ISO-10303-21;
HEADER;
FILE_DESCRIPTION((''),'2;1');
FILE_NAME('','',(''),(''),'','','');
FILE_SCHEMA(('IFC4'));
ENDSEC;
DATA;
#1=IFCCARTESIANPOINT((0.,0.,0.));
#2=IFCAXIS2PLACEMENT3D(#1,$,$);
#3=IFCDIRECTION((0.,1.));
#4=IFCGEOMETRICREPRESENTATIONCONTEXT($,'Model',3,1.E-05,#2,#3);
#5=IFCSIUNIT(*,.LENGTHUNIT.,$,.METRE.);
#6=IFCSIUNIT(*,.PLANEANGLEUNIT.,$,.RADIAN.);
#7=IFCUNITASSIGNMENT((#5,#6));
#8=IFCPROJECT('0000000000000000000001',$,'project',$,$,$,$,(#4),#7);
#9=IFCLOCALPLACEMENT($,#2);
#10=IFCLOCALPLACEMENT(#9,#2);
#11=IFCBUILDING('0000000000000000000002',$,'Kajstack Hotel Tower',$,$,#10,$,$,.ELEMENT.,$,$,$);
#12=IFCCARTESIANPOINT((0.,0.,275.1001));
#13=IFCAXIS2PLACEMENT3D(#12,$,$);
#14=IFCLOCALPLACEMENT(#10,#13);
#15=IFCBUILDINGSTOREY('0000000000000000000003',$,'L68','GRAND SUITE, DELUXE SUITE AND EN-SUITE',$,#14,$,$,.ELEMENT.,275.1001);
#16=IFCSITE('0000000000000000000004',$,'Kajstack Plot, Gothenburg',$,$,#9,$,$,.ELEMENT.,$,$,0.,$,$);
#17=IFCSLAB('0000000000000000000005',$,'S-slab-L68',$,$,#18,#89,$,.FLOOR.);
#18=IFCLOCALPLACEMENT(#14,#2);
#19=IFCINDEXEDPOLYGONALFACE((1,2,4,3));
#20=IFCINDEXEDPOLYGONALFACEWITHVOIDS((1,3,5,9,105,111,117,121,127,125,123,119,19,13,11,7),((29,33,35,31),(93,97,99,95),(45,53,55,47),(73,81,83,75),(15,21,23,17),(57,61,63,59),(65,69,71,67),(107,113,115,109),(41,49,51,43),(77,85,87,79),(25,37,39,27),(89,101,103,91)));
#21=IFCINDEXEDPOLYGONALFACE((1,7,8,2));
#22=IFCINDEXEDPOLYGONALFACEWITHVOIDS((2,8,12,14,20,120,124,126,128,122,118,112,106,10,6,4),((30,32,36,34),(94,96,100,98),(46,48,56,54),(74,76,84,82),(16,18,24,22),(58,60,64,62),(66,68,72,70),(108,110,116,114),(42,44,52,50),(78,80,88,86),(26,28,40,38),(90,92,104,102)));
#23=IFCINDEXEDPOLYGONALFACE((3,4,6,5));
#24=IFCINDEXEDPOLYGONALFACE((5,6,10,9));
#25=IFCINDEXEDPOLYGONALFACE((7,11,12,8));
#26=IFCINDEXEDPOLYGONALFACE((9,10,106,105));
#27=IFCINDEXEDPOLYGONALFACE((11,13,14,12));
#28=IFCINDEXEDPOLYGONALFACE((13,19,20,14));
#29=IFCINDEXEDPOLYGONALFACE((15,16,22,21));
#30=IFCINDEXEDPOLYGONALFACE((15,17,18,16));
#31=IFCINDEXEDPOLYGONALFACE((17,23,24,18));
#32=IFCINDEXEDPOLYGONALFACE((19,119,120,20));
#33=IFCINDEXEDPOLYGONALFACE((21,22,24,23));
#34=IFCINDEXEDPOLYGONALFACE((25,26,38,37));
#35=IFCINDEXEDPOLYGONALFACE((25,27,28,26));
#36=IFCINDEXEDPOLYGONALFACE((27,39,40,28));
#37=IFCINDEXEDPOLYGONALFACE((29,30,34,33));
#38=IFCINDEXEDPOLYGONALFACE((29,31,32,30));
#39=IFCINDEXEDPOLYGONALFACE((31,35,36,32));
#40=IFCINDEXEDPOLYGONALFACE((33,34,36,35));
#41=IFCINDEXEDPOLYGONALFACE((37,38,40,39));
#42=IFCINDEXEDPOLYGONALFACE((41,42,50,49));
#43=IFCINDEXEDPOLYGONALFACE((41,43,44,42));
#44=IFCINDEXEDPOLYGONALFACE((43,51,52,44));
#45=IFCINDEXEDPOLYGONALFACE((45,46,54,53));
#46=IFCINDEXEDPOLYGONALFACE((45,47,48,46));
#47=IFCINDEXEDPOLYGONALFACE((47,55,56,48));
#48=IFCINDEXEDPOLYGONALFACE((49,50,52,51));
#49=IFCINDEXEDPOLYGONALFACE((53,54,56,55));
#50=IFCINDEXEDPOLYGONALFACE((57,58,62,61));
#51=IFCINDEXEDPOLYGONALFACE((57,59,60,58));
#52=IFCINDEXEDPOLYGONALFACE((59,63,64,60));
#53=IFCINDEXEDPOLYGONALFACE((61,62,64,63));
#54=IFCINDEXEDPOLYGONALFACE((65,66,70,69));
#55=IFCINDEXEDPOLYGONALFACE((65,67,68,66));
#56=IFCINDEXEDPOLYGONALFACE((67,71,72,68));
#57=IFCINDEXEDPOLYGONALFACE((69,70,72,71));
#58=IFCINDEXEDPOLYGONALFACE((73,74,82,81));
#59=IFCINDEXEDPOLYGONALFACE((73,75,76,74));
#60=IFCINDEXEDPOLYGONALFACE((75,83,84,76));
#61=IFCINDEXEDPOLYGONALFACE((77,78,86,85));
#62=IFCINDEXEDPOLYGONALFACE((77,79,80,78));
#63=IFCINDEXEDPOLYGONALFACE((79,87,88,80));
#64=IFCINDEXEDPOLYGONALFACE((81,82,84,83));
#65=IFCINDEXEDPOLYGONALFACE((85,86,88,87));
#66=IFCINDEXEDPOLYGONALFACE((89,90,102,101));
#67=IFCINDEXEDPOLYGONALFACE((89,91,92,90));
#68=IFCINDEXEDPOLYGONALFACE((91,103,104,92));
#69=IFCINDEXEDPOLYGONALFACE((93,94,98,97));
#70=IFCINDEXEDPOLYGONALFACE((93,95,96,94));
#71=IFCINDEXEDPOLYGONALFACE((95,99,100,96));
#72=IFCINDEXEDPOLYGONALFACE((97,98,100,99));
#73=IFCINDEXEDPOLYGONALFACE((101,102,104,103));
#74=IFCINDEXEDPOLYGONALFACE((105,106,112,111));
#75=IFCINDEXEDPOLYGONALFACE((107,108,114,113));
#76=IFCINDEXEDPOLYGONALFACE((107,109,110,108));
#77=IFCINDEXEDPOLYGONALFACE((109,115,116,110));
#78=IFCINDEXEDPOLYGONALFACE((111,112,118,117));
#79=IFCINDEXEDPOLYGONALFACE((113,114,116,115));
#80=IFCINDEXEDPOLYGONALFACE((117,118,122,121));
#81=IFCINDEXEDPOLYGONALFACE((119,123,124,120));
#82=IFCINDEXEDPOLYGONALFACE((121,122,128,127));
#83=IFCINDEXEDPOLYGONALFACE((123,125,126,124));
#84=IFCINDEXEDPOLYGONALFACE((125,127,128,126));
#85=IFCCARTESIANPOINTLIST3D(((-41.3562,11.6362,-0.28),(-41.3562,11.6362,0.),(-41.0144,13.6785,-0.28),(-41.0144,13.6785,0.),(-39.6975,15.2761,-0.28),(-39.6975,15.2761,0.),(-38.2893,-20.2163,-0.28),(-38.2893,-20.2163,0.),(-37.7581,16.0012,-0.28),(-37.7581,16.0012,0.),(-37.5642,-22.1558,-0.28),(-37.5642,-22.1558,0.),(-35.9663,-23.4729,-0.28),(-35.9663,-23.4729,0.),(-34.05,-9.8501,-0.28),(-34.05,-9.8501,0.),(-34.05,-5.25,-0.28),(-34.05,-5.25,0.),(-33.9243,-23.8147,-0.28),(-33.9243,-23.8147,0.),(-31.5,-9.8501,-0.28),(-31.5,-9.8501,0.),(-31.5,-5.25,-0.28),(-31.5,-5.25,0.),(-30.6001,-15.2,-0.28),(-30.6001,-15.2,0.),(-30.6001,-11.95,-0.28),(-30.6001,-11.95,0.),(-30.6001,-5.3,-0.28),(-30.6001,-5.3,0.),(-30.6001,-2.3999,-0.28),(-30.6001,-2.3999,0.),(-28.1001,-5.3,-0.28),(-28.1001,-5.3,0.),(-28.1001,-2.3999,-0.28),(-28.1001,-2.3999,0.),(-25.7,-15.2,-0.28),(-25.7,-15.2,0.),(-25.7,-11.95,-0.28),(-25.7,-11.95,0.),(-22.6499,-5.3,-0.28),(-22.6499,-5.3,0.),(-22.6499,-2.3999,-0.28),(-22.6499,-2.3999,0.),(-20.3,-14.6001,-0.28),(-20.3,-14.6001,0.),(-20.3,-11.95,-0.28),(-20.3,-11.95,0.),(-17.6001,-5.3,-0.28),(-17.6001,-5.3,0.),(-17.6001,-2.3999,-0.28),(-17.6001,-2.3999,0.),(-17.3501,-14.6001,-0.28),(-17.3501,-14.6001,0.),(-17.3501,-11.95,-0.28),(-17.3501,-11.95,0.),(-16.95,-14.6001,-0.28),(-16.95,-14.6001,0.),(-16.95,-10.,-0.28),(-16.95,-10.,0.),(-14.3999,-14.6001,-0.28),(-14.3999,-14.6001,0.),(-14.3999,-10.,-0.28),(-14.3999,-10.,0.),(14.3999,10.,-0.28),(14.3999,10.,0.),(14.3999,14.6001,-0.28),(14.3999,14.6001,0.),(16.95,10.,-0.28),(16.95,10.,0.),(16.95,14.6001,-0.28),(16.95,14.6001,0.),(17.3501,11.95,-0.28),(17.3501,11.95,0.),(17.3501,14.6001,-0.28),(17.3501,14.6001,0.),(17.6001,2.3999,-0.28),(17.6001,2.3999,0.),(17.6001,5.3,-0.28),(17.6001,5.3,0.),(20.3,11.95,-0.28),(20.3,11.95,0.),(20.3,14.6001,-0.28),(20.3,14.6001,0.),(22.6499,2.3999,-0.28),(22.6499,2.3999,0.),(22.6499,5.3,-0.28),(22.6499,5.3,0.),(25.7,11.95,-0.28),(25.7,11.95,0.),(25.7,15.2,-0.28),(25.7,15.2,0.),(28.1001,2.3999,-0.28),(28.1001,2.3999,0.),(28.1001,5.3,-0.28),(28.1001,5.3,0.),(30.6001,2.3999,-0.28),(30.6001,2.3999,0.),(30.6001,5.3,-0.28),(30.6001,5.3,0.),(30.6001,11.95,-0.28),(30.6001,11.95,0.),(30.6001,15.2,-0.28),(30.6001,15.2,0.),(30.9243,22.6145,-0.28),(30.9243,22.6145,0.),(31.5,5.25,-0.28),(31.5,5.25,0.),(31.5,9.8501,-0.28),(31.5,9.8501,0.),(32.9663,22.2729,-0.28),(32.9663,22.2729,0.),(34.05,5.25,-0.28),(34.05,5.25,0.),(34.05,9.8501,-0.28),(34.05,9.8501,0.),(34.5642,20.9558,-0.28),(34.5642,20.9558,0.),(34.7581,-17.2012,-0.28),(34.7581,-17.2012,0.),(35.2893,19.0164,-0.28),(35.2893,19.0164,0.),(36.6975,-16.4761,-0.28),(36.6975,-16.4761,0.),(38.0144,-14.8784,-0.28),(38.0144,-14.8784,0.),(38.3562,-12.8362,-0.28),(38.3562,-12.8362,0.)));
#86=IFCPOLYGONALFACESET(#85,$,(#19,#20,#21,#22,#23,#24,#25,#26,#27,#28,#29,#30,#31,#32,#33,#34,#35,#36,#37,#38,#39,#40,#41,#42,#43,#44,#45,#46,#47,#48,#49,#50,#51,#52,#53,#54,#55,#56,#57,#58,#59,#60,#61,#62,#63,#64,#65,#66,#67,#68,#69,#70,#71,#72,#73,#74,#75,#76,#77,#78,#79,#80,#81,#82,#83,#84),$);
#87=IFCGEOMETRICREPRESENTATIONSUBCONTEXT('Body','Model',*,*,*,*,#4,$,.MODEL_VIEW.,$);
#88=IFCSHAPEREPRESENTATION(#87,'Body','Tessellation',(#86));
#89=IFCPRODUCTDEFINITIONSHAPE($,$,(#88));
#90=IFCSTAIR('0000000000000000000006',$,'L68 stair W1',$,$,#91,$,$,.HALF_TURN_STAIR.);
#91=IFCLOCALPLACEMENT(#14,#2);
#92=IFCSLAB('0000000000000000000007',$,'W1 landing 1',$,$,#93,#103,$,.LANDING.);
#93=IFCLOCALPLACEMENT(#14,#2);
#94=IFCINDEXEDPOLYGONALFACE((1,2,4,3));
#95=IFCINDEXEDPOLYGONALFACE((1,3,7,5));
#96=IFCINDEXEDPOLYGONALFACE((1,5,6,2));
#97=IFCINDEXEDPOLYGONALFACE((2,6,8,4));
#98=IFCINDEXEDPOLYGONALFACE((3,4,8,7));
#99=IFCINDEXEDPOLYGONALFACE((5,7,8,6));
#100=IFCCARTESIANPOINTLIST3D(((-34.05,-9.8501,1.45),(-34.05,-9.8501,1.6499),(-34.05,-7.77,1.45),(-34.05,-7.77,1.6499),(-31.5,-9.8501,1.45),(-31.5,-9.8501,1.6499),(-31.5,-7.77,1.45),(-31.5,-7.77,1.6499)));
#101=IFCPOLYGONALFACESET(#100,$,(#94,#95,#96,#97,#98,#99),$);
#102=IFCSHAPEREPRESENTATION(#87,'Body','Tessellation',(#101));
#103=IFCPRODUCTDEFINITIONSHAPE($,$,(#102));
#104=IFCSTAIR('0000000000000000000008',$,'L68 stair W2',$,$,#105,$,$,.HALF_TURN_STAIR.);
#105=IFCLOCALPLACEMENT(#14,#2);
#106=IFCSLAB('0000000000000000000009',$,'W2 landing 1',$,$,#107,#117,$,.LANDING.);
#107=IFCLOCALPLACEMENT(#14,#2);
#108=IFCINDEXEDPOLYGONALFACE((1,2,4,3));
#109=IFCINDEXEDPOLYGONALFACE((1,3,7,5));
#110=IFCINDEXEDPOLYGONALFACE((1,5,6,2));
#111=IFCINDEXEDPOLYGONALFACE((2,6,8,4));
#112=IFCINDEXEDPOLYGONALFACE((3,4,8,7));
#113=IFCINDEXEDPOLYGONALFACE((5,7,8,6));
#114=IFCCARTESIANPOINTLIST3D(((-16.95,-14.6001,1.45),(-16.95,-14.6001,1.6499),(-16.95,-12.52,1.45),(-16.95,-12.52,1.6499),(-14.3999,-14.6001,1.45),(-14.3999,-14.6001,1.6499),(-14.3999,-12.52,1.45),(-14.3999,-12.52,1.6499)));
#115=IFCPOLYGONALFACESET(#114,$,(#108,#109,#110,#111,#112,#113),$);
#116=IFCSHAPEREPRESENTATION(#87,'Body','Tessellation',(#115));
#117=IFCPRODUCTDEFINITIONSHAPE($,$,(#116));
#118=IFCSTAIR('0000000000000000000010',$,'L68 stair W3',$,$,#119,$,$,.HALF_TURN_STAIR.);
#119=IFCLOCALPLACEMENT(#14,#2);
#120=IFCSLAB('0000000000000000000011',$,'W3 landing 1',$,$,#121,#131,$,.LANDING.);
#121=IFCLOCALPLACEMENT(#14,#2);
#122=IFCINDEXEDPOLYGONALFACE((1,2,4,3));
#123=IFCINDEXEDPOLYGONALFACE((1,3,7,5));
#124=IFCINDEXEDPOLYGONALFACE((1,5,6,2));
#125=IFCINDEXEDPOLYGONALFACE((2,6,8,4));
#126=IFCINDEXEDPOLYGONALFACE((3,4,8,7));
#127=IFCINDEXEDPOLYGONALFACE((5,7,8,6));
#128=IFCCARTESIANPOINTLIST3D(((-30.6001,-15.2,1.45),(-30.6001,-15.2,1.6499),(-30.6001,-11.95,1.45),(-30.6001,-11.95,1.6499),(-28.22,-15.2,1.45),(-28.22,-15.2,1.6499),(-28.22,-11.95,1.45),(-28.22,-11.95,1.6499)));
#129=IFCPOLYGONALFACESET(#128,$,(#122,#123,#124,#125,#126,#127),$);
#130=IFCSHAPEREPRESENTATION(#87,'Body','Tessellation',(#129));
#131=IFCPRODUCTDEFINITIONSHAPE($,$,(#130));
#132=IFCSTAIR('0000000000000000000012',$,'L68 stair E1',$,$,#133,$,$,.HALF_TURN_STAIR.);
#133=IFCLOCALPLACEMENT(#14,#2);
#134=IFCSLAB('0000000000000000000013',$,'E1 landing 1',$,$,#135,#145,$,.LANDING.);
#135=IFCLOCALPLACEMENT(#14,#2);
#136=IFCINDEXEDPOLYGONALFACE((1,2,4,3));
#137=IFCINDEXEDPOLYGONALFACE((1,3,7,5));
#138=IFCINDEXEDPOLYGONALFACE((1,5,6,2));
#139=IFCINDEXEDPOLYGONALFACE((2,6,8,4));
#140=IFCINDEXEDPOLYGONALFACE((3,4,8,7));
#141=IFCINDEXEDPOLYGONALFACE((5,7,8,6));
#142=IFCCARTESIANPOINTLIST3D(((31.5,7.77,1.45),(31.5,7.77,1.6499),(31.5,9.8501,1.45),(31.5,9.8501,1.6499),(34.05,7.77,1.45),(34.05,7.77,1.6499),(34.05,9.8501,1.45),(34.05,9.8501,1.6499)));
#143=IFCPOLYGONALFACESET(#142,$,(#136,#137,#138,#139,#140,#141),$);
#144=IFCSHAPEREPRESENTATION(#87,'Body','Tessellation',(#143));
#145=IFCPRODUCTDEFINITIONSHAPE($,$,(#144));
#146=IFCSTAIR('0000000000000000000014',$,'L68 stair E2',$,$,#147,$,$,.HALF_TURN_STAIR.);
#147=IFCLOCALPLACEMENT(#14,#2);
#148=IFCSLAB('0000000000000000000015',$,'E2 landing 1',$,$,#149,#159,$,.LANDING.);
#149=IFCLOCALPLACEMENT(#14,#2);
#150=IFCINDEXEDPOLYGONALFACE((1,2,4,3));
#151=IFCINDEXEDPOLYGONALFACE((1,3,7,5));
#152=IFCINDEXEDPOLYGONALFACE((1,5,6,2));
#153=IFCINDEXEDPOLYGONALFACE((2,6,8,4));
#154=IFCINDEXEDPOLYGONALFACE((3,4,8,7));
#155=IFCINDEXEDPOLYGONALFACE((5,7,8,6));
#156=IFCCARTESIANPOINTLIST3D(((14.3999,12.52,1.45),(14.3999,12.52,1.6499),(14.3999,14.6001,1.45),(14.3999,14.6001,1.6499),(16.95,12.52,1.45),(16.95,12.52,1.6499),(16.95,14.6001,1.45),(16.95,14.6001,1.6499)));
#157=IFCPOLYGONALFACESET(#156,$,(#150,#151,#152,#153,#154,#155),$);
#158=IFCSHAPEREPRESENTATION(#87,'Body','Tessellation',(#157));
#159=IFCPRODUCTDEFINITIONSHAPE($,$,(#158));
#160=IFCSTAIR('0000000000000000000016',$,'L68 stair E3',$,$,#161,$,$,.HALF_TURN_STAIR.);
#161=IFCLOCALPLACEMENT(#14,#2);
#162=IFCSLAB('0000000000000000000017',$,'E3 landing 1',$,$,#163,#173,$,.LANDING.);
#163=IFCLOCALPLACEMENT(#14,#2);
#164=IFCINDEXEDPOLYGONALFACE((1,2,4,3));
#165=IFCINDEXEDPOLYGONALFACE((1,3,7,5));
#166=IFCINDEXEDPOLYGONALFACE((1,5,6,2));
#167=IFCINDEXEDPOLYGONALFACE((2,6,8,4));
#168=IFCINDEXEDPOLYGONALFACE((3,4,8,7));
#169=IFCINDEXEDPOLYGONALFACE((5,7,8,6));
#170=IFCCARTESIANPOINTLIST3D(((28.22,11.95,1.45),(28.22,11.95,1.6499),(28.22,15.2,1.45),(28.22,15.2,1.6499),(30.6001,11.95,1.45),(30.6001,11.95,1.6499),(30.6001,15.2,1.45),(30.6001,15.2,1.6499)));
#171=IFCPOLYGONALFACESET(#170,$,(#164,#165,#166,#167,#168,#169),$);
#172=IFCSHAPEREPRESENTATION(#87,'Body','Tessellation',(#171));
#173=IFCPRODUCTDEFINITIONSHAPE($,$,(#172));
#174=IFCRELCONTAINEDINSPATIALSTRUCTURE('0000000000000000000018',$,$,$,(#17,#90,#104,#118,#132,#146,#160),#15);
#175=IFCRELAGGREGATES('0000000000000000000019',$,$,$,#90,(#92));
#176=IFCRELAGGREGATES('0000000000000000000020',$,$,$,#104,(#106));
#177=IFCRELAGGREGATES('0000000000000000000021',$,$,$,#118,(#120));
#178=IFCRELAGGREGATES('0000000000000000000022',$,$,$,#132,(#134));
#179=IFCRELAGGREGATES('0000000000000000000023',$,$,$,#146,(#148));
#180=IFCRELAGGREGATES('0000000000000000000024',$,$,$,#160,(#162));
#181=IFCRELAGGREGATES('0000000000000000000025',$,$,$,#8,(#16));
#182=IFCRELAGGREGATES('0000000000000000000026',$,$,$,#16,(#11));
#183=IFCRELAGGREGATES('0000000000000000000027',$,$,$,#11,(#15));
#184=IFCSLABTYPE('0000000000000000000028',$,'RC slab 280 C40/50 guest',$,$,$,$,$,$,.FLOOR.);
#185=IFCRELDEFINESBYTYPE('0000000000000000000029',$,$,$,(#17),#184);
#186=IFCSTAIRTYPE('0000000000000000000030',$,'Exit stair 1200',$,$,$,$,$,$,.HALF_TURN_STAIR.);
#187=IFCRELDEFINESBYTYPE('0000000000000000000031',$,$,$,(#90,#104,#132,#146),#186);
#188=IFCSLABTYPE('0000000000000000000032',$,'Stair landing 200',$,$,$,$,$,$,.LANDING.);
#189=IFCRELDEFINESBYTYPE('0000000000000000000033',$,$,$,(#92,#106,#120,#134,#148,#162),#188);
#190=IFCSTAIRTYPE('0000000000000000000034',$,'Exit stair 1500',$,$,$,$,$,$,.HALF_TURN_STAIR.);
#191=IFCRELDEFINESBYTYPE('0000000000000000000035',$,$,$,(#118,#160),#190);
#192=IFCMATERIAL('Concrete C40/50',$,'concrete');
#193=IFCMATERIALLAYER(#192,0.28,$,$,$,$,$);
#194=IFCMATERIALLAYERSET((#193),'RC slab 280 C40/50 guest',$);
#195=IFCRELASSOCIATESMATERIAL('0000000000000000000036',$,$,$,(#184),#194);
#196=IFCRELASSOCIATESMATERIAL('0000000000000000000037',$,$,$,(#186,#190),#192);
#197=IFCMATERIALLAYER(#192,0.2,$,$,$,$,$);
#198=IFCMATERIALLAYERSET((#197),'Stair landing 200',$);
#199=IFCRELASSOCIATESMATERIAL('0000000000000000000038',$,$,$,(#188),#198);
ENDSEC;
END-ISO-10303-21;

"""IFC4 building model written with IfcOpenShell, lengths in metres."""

from ifc_helpers import new_model, si_unit, direction, frame, origin, place, context, subcontext, project, spatial, polyline, outline, extrude, material, layer, layer_set, type_object, element, aggregate, save


model = new_model("IFC4")

# Units and contexts
model_context = context("Model", 3, precision=1e-05, world=origin(), true_north=direction((0.0, 1.0)))
body_context = subcontext(model_context, "Body", "Model", "MODEL_VIEW")
ifc_project = project(units=[si_unit("LENGTHUNIT", "METRE"), si_unit("PLANEANGLEUNIT", "RADIAN")], contexts=[model_context])

# Site, building, storey
site_placement = place(None, origin())
site = spatial("IfcSite", under=ifc_project, at=site_placement, Name="Kajstack Plot, Gothenburg", CompositionType="ELEMENT", RefElevation=0.0)
building_placement = place(site_placement, origin())
building = spatial("IfcBuilding", under=site, at=building_placement, Name="Kajstack Hotel Tower", CompositionType="ELEMENT")
storey_placement = place(building_placement, frame((0.0, 0.0, 275.1001)))
storey = spatial("IfcBuildingStorey", under=building, at=storey_placement, Name="L68", Description="GRAND SUITE, DELUXE SUITE AND EN-SUITE", CompositionType="ELEMENT", Elevation=275.1001)

# Slab
ifc_material_1 = material(Name="Concrete C40/50", Category="concrete")
ifc_layer_1 = layer(ifc_material_1, 0.28)
ifc_layer_set_1 = layer_set([ifc_layer_1], Name="RC slab 280 C40/50 guest")
slab_type_1 = type_object("IfcSlabType", Name="RC slab 280 C40/50 guest", PredefinedType="FLOOR", material=ifc_layer_set_1)
slab_1_placement = place(storey_placement, frame((0.0, 0.0, -0.28)))
element("IfcSlab", 1, at=slab_1_placement, inside=storey, type_object=slab_type_1, Name="S-slab-L68", PredefinedType="FLOOR", context=body_context, shape_type="SweptSolid", body=[
    extrude(outline(polyline([(-41.3562, 11.6362), (-38.2893, -20.2163), (-37.5642, -22.1558), (-35.9663, -23.4729), (-33.9243, -23.8147), (34.7581, -17.2012), (36.6975, -16.4761), (38.0144, -14.8784), (38.3562, -12.8362), (35.2893, 19.0164), (34.5642, 20.9558), (32.9663, 22.2729), (30.9243, 22.6145), (-37.7581, 16.0012), (-39.6975, 15.2761), (-41.0144, 13.6785), (-41.3562, 11.6362)]), holes=[polyline([(-22.6499, -5.3), (-22.6499, -2.3999), (-17.6001, -2.3999), (-17.6001, -5.3), (-22.6499, -5.3)]), polyline([(-20.3, -14.6001), (-17.3501, -14.6001), (-17.3501, -11.95), (-20.3, -11.95), (-20.3, -14.6001)]), polyline([(-30.6001, -5.3), (-28.1001, -5.3), (-28.1001, -2.3999), (-30.6001, -2.3999), (-30.6001, -5.3)]), polyline([(17.6001, 2.3999), (17.6001, 5.3), (22.6499, 5.3), (22.6499, 2.3999), (17.6001, 2.3999)]), polyline([(20.3, 14.6001), (17.3501, 14.6001), (17.3501, 11.95), (20.3, 11.95), (20.3, 14.6001)]), polyline([(30.6001, 5.3), (28.1001, 5.3), (28.1001, 2.3999), (30.6001, 2.3999), (30.6001, 5.3)]), polyline([(-34.05, -9.8501), (-31.5, -9.8501), (-31.5, -5.25), (-34.05, -5.25), (-34.05, -9.8501)]), polyline([(-16.95, -14.6001), (-14.3999, -14.6001), (-14.3999, -10.0), (-16.95, -10.0), (-16.95, -14.6001)]), polyline([(-30.6001, -15.2), (-25.7, -15.2), (-25.7, -11.95), (-30.6001, -11.95), (-30.6001, -15.2)]), polyline([(34.05, 9.8501), (31.5, 9.8501), (31.5, 5.25), (34.05, 5.25), (34.05, 9.8501)]), polyline([(16.95, 14.6001), (14.3999, 14.6001), (14.3999, 10.0), (16.95, 10.0), (16.95, 14.6001)]), polyline([(30.6001, 15.2), (25.7, 15.2), (25.7, 11.95), (30.6001, 11.95), (30.6001, 15.2)])]), origin(), (0.0, 0.0, 1.0), 0.28),
])

# Stairs, slabs
stair_type_1 = type_object("IfcStairType", Name="Exit stair 1200", PredefinedType="HALF_TURN_STAIR", material=ifc_material_1)
stair_1_placement = place(storey_placement, origin())
stair_1 = element("IfcStair", 2, at=stair_1_placement, inside=storey, type_object=stair_type_1, Name="L68 stair W1", PredefinedType="HALF_TURN_STAIR")
ifc_layer_2 = layer(ifc_material_1, 0.2)
ifc_layer_set_2 = layer_set([ifc_layer_2], Name="Stair landing 200")
slab_type_2 = type_object("IfcSlabType", Name="Stair landing 200", PredefinedType="LANDING", material=ifc_layer_set_2)
slab_2_placement = place(storey_placement, frame((0.0, 0.0, 1.45)))
slab_2 = element("IfcSlab", 3, at=slab_2_placement, type_object=slab_type_2, Name="W1 landing 1", PredefinedType="LANDING", context=body_context, shape_type="SweptSolid", body=[
    extrude(outline(polyline([(-34.05, -7.77), (-34.05, -9.8501), (-31.5, -9.8501), (-31.5, -7.77), (-34.05, -7.77)])), origin(), (0.0, 0.0, 1.0), 0.2),
])
aggregate(stair_1, [slab_2])
stair_2_placement = place(storey_placement, origin())
stair_2 = element("IfcStair", 4, at=stair_2_placement, inside=storey, type_object=stair_type_1, Name="L68 stair W2", PredefinedType="HALF_TURN_STAIR")
slab_3_placement = place(storey_placement, frame((0.0, 0.0, 1.45)))
slab_3 = element("IfcSlab", 5, at=slab_3_placement, type_object=slab_type_2, Name="W2 landing 1", PredefinedType="LANDING", context=body_context, shape_type="SweptSolid", body=[
    extrude(outline(polyline([(-16.95, -12.52), (-16.95, -14.6001), (-14.3999, -14.6001), (-14.3999, -12.52), (-16.95, -12.52)])), origin(), (0.0, 0.0, 1.0), 0.2),
])
aggregate(stair_2, [slab_3])
stair_type_2 = type_object("IfcStairType", Name="Exit stair 1500", PredefinedType="HALF_TURN_STAIR", material=ifc_material_1)
stair_3_placement = place(storey_placement, origin())
stair_3 = element("IfcStair", 6, at=stair_3_placement, inside=storey, type_object=stair_type_2, Name="L68 stair W3", PredefinedType="HALF_TURN_STAIR")
slab_4_placement = place(storey_placement, frame((0.0, 0.0, 1.45)))
slab_4 = element("IfcSlab", 7, at=slab_4_placement, type_object=slab_type_2, Name="W3 landing 1", PredefinedType="LANDING", context=body_context, shape_type="SweptSolid", body=[
    extrude(outline(polyline([(-28.22, -11.95), (-30.6001, -11.95), (-30.6001, -15.2), (-28.22, -15.2), (-28.22, -11.95)])), origin(), (0.0, 0.0, 1.0), 0.2),
])
aggregate(stair_3, [slab_4])
stair_4_placement = place(storey_placement, origin())
stair_4 = element("IfcStair", 8, at=stair_4_placement, inside=storey, type_object=stair_type_1, Name="L68 stair E1", PredefinedType="HALF_TURN_STAIR")
slab_5_placement = place(storey_placement, frame((0.0, 0.0, 1.45)))
slab_5 = element("IfcSlab", 9, at=slab_5_placement, type_object=slab_type_2, Name="E1 landing 1", PredefinedType="LANDING", context=body_context, shape_type="SweptSolid", body=[
    extrude(outline(polyline([(34.05, 7.77), (34.05, 9.8501), (31.5, 9.8501), (31.5, 7.77), (34.05, 7.77)])), origin(), (0.0, 0.0, 1.0), 0.2),
])
aggregate(stair_4, [slab_5])
stair_5_placement = place(storey_placement, origin())
stair_5 = element("IfcStair", 10, at=stair_5_placement, inside=storey, type_object=stair_type_1, Name="L68 stair E2", PredefinedType="HALF_TURN_STAIR")
slab_6_placement = place(storey_placement, frame((0.0, 0.0, 1.45)))
slab_6 = element("IfcSlab", 11, at=slab_6_placement, type_object=slab_type_2, Name="E2 landing 1", PredefinedType="LANDING", context=body_context, shape_type="SweptSolid", body=[
    extrude(outline(polyline([(16.95, 12.52), (16.95, 14.6001), (14.3999, 14.6001), (14.3999, 12.52), (16.95, 12.52)])), origin(), (0.0, 0.0, 1.0), 0.2),
])
aggregate(stair_5, [slab_6])
stair_6_placement = place(storey_placement, origin())
stair_6 = element("IfcStair", 12, at=stair_6_placement, inside=storey, type_object=stair_type_2, Name="L68 stair E3", PredefinedType="HALF_TURN_STAIR")
slab_7_placement = place(storey_placement, frame((0.0, 0.0, 1.45)))
slab_7 = element("IfcSlab", 13, at=slab_7_placement, type_object=slab_type_2, Name="E3 landing 1", PredefinedType="LANDING", context=body_context, shape_type="SweptSolid", body=[
    extrude(outline(polyline([(28.22, 11.95), (30.6001, 11.95), (30.6001, 15.2), (28.22, 15.2), (28.22, 11.95)])), origin(), (0.0, 0.0, 1.0), 0.2),
])
aggregate(stair_6, [slab_7])

save(model, "model.ifc")
